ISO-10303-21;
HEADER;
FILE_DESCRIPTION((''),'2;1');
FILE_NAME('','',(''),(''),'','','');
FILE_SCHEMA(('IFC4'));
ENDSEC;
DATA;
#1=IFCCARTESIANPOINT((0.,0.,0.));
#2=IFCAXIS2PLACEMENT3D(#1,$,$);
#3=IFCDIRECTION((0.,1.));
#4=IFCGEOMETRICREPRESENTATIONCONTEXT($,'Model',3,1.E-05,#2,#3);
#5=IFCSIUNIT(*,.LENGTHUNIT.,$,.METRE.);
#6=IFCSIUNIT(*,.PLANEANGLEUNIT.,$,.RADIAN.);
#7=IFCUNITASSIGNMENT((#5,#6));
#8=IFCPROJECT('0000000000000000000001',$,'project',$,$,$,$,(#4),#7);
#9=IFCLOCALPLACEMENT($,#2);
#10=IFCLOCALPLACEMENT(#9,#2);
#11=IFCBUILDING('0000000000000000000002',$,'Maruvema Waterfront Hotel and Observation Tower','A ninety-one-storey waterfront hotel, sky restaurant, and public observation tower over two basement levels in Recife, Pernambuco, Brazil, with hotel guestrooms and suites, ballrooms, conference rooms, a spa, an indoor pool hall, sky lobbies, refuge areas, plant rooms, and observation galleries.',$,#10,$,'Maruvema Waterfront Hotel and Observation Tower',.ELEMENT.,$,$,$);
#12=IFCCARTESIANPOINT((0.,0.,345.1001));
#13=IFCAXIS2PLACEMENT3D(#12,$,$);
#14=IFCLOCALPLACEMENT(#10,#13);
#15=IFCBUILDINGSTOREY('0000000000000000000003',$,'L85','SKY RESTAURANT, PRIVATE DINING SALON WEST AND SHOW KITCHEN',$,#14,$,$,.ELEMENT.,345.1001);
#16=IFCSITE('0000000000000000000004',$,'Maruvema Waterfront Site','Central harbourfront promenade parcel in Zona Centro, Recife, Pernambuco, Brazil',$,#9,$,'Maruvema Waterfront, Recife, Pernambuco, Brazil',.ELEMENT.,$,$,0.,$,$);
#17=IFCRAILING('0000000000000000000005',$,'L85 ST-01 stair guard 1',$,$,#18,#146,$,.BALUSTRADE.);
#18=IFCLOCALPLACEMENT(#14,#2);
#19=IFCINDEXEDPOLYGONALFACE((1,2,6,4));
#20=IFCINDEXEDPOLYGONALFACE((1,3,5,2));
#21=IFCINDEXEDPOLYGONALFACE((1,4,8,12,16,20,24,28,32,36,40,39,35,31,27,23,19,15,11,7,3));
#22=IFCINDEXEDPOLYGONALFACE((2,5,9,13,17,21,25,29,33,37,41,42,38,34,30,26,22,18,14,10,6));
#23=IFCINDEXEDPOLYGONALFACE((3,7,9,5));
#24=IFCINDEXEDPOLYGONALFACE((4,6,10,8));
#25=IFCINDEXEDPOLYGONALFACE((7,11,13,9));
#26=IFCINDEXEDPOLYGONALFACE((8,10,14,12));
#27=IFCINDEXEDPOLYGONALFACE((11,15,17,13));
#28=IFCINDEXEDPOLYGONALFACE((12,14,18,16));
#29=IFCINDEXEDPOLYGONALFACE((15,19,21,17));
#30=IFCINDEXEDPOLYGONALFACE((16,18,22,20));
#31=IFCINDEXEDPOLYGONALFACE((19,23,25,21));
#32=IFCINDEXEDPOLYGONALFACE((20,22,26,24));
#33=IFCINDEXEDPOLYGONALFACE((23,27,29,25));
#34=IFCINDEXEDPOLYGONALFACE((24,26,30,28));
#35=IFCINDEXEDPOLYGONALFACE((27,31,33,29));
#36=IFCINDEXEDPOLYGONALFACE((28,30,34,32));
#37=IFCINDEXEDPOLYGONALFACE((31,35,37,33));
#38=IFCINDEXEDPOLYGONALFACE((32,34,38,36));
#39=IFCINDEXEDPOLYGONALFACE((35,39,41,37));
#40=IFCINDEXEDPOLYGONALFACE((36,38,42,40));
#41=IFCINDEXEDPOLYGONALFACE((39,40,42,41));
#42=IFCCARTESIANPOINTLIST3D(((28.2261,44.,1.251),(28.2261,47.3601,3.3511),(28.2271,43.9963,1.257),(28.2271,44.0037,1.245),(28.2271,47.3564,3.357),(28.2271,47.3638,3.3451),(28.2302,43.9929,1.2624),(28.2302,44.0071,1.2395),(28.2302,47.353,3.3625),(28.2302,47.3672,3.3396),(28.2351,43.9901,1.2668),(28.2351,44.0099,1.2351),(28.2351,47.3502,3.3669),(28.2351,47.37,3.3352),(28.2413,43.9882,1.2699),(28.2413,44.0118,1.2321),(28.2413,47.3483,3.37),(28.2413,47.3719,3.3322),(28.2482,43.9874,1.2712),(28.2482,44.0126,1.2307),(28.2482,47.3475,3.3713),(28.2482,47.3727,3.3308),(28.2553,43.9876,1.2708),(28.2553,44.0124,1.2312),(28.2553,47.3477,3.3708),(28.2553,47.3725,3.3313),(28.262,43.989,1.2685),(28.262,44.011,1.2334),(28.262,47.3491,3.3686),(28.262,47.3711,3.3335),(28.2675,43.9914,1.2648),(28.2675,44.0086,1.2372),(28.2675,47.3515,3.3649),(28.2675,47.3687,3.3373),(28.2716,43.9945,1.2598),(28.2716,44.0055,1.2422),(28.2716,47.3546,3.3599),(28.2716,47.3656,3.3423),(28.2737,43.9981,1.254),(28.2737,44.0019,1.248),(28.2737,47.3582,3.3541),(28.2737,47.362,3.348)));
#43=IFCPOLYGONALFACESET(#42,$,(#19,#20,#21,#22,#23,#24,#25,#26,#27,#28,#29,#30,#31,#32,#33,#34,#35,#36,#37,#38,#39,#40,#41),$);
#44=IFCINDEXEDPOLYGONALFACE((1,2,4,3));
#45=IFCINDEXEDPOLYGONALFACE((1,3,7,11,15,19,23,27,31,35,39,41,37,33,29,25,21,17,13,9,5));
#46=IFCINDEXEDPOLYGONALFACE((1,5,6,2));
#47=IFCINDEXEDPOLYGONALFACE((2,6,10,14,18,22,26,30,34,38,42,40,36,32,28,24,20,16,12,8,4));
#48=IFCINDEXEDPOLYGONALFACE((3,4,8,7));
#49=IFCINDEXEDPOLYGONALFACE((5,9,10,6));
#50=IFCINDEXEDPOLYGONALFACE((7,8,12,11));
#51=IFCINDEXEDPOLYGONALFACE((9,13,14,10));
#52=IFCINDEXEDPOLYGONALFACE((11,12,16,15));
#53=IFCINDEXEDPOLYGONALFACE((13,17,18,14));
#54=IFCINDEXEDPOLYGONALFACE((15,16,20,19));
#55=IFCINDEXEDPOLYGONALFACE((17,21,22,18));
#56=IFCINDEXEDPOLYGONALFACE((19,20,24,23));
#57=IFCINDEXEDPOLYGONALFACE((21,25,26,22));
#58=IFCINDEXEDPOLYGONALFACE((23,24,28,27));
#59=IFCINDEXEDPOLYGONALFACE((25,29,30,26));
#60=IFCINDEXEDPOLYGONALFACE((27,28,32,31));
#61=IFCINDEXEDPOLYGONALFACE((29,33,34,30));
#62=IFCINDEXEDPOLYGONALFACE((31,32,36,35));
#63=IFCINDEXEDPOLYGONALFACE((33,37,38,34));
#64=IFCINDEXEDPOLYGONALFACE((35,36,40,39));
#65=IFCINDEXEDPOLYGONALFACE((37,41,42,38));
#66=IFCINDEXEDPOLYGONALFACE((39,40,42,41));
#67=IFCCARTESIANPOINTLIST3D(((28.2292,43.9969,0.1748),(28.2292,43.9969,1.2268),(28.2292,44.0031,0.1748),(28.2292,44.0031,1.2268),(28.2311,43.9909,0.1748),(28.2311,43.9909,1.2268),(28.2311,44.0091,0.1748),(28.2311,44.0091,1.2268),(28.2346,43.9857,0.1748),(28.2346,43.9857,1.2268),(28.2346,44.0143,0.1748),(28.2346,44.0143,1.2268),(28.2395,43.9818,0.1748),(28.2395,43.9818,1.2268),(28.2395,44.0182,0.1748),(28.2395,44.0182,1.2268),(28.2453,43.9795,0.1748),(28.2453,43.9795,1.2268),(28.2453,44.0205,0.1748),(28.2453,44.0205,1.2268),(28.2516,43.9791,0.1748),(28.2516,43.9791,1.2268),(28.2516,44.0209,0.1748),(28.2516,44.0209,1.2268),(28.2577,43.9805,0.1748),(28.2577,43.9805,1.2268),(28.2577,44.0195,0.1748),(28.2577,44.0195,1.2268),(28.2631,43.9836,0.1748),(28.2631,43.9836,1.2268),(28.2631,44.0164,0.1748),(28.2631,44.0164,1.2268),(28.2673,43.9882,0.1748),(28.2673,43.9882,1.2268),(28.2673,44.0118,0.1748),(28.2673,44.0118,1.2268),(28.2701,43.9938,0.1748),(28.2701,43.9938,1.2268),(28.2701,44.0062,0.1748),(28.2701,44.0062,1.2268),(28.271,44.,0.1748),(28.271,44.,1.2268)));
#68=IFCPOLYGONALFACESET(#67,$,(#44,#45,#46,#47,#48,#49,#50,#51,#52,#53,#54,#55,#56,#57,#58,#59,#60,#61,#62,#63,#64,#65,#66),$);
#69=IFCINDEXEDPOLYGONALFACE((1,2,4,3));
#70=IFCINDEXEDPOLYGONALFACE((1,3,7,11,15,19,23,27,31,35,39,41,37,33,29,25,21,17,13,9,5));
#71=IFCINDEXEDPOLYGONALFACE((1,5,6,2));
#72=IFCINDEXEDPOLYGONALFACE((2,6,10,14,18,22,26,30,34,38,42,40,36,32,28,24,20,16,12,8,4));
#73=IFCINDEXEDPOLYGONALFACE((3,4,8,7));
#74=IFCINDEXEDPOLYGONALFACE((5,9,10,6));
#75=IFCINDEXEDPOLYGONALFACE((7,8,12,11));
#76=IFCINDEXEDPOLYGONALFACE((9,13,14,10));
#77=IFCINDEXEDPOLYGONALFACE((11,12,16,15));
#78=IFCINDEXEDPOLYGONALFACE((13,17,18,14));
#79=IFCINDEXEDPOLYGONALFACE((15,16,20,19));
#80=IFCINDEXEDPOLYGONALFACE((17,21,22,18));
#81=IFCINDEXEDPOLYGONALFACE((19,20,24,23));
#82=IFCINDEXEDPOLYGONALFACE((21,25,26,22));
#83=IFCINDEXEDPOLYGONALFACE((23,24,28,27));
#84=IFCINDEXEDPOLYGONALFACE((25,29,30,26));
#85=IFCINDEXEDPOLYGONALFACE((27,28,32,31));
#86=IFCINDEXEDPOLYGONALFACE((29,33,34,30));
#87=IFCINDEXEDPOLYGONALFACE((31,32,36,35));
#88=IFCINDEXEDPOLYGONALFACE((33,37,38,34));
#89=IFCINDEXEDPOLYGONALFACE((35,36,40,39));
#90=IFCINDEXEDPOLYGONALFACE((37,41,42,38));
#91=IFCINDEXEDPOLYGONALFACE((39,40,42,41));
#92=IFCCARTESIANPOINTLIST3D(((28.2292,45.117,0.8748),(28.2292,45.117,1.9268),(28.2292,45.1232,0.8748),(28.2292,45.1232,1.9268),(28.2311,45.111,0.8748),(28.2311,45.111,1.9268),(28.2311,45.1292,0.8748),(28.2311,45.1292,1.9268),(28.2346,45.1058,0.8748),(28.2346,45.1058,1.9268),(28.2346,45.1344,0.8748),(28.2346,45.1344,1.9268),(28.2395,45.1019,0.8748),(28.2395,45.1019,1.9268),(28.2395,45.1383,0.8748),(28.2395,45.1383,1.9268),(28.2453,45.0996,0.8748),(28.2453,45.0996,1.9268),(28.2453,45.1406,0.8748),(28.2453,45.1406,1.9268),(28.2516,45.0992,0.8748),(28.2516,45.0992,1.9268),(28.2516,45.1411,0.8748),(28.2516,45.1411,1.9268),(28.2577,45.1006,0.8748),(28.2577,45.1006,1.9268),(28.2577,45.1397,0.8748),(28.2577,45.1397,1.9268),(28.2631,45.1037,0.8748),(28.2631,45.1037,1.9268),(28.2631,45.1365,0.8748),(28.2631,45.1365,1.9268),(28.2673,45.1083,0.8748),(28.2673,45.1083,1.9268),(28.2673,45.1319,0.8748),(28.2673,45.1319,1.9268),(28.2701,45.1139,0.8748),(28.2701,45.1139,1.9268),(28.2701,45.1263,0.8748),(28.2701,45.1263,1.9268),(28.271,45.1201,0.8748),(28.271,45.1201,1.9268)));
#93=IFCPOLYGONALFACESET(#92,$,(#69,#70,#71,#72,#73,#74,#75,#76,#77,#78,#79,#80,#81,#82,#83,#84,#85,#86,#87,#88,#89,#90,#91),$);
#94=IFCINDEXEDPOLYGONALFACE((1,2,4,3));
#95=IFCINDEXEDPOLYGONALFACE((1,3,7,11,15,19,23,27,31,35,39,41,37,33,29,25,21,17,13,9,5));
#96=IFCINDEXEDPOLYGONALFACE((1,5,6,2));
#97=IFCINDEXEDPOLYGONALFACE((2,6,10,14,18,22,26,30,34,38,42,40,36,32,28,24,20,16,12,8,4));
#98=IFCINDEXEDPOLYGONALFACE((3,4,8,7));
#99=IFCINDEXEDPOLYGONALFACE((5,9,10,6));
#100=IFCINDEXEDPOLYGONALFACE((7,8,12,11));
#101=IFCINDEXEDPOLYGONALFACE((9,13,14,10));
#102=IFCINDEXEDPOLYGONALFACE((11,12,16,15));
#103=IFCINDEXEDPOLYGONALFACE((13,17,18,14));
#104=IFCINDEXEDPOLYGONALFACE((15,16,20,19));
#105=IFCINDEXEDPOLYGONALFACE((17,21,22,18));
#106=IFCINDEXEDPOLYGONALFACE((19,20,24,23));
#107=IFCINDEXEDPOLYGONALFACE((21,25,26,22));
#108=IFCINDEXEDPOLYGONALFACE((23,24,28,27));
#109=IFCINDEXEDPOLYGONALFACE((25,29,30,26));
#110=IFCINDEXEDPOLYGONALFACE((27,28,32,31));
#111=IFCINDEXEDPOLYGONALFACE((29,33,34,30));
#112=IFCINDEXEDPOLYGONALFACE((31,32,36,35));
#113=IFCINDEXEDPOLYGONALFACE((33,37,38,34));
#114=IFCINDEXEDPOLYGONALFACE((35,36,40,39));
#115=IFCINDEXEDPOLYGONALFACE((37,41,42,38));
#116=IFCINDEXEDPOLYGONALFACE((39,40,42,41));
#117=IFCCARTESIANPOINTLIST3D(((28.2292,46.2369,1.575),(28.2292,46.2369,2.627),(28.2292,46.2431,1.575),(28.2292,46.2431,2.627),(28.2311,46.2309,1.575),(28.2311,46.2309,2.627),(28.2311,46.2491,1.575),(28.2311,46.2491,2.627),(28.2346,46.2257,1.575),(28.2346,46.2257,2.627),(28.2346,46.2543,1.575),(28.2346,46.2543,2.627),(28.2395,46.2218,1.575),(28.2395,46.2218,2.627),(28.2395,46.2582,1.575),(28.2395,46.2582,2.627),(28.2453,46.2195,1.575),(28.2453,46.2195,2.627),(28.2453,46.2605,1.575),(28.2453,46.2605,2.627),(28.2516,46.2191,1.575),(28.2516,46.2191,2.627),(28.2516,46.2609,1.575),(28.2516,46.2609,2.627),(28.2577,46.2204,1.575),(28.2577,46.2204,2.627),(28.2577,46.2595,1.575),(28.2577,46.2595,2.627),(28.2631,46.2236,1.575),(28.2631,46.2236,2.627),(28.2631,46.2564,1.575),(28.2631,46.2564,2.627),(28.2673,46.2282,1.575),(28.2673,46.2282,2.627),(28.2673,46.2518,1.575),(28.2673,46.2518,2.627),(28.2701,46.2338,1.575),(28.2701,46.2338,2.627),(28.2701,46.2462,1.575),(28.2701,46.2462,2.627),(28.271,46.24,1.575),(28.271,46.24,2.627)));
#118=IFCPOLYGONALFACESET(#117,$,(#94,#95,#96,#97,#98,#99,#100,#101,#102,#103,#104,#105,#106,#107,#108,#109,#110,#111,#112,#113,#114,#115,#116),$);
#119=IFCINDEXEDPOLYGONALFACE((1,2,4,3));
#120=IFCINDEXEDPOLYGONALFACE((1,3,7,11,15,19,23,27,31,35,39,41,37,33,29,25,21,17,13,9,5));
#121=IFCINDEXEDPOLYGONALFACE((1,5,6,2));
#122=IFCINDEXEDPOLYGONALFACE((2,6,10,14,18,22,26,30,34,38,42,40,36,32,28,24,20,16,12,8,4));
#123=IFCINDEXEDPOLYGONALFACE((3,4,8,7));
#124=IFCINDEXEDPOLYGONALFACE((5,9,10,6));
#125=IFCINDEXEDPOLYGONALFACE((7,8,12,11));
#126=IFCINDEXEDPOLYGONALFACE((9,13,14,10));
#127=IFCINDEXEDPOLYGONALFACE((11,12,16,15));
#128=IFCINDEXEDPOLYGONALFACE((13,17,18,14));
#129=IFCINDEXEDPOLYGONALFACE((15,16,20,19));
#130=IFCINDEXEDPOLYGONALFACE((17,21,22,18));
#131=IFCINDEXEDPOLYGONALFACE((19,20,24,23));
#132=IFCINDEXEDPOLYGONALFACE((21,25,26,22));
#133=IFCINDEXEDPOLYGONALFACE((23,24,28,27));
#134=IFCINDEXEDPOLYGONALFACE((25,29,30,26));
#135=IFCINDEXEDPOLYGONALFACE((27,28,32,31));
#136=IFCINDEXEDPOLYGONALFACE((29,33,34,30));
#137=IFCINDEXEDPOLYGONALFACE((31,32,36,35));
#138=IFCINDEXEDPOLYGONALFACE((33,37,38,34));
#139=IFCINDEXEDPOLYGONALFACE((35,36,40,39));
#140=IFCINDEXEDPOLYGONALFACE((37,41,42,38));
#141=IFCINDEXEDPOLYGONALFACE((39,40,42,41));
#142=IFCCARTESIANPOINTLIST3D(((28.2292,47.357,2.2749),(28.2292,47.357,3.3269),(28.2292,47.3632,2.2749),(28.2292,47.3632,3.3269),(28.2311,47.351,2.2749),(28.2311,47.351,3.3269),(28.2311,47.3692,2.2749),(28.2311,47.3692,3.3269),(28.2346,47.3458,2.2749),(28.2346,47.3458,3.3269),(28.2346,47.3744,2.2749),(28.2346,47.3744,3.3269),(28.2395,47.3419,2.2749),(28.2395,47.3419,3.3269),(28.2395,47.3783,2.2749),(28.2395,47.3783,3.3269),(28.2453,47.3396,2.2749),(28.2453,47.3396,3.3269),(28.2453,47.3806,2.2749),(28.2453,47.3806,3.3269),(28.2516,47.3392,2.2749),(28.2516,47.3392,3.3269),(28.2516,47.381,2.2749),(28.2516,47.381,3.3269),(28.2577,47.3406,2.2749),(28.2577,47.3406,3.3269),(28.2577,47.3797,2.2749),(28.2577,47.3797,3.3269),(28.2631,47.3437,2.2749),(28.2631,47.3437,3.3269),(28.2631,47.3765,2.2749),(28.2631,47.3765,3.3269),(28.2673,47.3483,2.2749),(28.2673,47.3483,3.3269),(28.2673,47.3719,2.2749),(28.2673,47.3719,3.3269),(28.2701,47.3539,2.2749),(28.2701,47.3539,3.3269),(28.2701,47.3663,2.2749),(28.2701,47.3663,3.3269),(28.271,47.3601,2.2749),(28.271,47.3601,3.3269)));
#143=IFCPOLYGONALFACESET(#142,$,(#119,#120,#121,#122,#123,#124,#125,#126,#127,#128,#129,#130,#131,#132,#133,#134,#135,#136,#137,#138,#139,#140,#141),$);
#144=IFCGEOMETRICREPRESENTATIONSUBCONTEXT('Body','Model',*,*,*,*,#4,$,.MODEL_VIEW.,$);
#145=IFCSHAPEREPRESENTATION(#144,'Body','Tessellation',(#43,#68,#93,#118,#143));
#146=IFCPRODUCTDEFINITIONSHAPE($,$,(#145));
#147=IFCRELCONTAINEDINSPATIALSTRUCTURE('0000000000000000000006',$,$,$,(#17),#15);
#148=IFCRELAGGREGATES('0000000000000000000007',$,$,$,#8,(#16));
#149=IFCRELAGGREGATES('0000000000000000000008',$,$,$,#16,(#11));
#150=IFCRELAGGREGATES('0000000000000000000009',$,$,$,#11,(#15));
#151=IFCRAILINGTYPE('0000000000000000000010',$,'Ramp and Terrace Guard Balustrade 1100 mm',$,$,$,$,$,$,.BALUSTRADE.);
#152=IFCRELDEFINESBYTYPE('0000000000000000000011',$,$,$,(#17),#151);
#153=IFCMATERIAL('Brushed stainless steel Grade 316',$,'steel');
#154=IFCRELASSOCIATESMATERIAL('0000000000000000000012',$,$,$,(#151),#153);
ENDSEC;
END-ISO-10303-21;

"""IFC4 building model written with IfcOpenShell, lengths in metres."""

from ifc_helpers import new_model, si_unit, direction, frame, origin, origin_2d, place, context, subcontext, project, spatial, circle, extrude, material, type_object, element, save


model = new_model("IFC4")

# Units and contexts
model_context = context("Model", 3, precision=1e-05, world=origin(), true_north=direction((0.0, 1.0)))
body_context = subcontext(model_context, "Body", "Model", "MODEL_VIEW")
ifc_project = project(units=[si_unit("LENGTHUNIT", "METRE"), si_unit("PLANEANGLEUNIT", "RADIAN")], contexts=[model_context])

# Site, building, storey
site_placement = place(None, origin())
site = spatial("IfcSite", under=ifc_project, at=site_placement, Name="Maruvema Waterfront Site", Description="Central harbourfront promenade parcel in Zona Centro, Recife, Pernambuco, Brazil", LongName="Maruvema Waterfront, Recife, Pernambuco, Brazil", CompositionType="ELEMENT", RefElevation=0.0)
building_placement = place(site_placement, origin())
building = spatial("IfcBuilding", under=site, at=building_placement, Name="Maruvema Waterfront Hotel and Observation Tower", Description="A ninety-one-storey waterfront hotel, sky restaurant, and public observation tower over two basement levels in Recife, Pernambuco, Brazil, with hotel guestrooms and suites, ballrooms, conference rooms, a spa, an indoor pool hall, sky lobbies, refuge areas, plant rooms, and observation galleries.", LongName="Maruvema Waterfront Hotel and Observation Tower", CompositionType="ELEMENT")
storey_placement = place(building_placement, frame((0.0, 0.0, 345.1001)))
storey = spatial("IfcBuildingStorey", under=building, at=storey_placement, Name="L85", Description="SKY RESTAURANT, PRIVATE DINING SALON WEST AND SHOW KITCHEN", CompositionType="ELEMENT", Elevation=345.1001)

# Railing
ifc_material_1 = material(Name="Brushed stainless steel Grade 316", Category="steel")
railing_type = type_object("IfcRailingType", Name="Ramp and Terrace Guard Balustrade 1100 mm", PredefinedType="BALUSTRADE", material=ifc_material_1)
railing_1_placement = place(storey_placement, frame((28.25, 44.0, 0.1748)))
element("IfcRailing", 1, at=railing_1_placement, inside=storey, type_object=railing_type, Name="L85 ST-01 stair guard 1", PredefinedType="BALUSTRADE", context=body_context, shape_type="SweptSolid", body=[
    extrude(circle(Radius=0.0239, at=origin_2d()), frame((0.0, 0.0, 1.0762), z_axis=(0.0, 0.847995, 0.530004), x_axis=(-1.0, 0.0, 0.0)), (0.0, 0.0, 1.0), 3.9624),
    extrude(circle(Radius=0.021, at=origin_2d()), origin(), (0.0, 0.0, 1.0), 1.052),
    extrude(circle(Radius=0.021, at=origin_2d()), frame((0.0, 1.1201, 0.7)), (0.0, 0.0, 1.0), 1.052),
    extrude(circle(Radius=0.021, at=origin_2d()), frame((0.0, 2.24, 1.4001)), (0.0, 0.0, 1.0), 1.052),
    extrude(circle(Radius=0.021, at=origin_2d()), frame((0.0, 3.3601, 2.1001)), (0.0, 0.0, 1.0), 1.052),
])

save(model, "model.ifc")
